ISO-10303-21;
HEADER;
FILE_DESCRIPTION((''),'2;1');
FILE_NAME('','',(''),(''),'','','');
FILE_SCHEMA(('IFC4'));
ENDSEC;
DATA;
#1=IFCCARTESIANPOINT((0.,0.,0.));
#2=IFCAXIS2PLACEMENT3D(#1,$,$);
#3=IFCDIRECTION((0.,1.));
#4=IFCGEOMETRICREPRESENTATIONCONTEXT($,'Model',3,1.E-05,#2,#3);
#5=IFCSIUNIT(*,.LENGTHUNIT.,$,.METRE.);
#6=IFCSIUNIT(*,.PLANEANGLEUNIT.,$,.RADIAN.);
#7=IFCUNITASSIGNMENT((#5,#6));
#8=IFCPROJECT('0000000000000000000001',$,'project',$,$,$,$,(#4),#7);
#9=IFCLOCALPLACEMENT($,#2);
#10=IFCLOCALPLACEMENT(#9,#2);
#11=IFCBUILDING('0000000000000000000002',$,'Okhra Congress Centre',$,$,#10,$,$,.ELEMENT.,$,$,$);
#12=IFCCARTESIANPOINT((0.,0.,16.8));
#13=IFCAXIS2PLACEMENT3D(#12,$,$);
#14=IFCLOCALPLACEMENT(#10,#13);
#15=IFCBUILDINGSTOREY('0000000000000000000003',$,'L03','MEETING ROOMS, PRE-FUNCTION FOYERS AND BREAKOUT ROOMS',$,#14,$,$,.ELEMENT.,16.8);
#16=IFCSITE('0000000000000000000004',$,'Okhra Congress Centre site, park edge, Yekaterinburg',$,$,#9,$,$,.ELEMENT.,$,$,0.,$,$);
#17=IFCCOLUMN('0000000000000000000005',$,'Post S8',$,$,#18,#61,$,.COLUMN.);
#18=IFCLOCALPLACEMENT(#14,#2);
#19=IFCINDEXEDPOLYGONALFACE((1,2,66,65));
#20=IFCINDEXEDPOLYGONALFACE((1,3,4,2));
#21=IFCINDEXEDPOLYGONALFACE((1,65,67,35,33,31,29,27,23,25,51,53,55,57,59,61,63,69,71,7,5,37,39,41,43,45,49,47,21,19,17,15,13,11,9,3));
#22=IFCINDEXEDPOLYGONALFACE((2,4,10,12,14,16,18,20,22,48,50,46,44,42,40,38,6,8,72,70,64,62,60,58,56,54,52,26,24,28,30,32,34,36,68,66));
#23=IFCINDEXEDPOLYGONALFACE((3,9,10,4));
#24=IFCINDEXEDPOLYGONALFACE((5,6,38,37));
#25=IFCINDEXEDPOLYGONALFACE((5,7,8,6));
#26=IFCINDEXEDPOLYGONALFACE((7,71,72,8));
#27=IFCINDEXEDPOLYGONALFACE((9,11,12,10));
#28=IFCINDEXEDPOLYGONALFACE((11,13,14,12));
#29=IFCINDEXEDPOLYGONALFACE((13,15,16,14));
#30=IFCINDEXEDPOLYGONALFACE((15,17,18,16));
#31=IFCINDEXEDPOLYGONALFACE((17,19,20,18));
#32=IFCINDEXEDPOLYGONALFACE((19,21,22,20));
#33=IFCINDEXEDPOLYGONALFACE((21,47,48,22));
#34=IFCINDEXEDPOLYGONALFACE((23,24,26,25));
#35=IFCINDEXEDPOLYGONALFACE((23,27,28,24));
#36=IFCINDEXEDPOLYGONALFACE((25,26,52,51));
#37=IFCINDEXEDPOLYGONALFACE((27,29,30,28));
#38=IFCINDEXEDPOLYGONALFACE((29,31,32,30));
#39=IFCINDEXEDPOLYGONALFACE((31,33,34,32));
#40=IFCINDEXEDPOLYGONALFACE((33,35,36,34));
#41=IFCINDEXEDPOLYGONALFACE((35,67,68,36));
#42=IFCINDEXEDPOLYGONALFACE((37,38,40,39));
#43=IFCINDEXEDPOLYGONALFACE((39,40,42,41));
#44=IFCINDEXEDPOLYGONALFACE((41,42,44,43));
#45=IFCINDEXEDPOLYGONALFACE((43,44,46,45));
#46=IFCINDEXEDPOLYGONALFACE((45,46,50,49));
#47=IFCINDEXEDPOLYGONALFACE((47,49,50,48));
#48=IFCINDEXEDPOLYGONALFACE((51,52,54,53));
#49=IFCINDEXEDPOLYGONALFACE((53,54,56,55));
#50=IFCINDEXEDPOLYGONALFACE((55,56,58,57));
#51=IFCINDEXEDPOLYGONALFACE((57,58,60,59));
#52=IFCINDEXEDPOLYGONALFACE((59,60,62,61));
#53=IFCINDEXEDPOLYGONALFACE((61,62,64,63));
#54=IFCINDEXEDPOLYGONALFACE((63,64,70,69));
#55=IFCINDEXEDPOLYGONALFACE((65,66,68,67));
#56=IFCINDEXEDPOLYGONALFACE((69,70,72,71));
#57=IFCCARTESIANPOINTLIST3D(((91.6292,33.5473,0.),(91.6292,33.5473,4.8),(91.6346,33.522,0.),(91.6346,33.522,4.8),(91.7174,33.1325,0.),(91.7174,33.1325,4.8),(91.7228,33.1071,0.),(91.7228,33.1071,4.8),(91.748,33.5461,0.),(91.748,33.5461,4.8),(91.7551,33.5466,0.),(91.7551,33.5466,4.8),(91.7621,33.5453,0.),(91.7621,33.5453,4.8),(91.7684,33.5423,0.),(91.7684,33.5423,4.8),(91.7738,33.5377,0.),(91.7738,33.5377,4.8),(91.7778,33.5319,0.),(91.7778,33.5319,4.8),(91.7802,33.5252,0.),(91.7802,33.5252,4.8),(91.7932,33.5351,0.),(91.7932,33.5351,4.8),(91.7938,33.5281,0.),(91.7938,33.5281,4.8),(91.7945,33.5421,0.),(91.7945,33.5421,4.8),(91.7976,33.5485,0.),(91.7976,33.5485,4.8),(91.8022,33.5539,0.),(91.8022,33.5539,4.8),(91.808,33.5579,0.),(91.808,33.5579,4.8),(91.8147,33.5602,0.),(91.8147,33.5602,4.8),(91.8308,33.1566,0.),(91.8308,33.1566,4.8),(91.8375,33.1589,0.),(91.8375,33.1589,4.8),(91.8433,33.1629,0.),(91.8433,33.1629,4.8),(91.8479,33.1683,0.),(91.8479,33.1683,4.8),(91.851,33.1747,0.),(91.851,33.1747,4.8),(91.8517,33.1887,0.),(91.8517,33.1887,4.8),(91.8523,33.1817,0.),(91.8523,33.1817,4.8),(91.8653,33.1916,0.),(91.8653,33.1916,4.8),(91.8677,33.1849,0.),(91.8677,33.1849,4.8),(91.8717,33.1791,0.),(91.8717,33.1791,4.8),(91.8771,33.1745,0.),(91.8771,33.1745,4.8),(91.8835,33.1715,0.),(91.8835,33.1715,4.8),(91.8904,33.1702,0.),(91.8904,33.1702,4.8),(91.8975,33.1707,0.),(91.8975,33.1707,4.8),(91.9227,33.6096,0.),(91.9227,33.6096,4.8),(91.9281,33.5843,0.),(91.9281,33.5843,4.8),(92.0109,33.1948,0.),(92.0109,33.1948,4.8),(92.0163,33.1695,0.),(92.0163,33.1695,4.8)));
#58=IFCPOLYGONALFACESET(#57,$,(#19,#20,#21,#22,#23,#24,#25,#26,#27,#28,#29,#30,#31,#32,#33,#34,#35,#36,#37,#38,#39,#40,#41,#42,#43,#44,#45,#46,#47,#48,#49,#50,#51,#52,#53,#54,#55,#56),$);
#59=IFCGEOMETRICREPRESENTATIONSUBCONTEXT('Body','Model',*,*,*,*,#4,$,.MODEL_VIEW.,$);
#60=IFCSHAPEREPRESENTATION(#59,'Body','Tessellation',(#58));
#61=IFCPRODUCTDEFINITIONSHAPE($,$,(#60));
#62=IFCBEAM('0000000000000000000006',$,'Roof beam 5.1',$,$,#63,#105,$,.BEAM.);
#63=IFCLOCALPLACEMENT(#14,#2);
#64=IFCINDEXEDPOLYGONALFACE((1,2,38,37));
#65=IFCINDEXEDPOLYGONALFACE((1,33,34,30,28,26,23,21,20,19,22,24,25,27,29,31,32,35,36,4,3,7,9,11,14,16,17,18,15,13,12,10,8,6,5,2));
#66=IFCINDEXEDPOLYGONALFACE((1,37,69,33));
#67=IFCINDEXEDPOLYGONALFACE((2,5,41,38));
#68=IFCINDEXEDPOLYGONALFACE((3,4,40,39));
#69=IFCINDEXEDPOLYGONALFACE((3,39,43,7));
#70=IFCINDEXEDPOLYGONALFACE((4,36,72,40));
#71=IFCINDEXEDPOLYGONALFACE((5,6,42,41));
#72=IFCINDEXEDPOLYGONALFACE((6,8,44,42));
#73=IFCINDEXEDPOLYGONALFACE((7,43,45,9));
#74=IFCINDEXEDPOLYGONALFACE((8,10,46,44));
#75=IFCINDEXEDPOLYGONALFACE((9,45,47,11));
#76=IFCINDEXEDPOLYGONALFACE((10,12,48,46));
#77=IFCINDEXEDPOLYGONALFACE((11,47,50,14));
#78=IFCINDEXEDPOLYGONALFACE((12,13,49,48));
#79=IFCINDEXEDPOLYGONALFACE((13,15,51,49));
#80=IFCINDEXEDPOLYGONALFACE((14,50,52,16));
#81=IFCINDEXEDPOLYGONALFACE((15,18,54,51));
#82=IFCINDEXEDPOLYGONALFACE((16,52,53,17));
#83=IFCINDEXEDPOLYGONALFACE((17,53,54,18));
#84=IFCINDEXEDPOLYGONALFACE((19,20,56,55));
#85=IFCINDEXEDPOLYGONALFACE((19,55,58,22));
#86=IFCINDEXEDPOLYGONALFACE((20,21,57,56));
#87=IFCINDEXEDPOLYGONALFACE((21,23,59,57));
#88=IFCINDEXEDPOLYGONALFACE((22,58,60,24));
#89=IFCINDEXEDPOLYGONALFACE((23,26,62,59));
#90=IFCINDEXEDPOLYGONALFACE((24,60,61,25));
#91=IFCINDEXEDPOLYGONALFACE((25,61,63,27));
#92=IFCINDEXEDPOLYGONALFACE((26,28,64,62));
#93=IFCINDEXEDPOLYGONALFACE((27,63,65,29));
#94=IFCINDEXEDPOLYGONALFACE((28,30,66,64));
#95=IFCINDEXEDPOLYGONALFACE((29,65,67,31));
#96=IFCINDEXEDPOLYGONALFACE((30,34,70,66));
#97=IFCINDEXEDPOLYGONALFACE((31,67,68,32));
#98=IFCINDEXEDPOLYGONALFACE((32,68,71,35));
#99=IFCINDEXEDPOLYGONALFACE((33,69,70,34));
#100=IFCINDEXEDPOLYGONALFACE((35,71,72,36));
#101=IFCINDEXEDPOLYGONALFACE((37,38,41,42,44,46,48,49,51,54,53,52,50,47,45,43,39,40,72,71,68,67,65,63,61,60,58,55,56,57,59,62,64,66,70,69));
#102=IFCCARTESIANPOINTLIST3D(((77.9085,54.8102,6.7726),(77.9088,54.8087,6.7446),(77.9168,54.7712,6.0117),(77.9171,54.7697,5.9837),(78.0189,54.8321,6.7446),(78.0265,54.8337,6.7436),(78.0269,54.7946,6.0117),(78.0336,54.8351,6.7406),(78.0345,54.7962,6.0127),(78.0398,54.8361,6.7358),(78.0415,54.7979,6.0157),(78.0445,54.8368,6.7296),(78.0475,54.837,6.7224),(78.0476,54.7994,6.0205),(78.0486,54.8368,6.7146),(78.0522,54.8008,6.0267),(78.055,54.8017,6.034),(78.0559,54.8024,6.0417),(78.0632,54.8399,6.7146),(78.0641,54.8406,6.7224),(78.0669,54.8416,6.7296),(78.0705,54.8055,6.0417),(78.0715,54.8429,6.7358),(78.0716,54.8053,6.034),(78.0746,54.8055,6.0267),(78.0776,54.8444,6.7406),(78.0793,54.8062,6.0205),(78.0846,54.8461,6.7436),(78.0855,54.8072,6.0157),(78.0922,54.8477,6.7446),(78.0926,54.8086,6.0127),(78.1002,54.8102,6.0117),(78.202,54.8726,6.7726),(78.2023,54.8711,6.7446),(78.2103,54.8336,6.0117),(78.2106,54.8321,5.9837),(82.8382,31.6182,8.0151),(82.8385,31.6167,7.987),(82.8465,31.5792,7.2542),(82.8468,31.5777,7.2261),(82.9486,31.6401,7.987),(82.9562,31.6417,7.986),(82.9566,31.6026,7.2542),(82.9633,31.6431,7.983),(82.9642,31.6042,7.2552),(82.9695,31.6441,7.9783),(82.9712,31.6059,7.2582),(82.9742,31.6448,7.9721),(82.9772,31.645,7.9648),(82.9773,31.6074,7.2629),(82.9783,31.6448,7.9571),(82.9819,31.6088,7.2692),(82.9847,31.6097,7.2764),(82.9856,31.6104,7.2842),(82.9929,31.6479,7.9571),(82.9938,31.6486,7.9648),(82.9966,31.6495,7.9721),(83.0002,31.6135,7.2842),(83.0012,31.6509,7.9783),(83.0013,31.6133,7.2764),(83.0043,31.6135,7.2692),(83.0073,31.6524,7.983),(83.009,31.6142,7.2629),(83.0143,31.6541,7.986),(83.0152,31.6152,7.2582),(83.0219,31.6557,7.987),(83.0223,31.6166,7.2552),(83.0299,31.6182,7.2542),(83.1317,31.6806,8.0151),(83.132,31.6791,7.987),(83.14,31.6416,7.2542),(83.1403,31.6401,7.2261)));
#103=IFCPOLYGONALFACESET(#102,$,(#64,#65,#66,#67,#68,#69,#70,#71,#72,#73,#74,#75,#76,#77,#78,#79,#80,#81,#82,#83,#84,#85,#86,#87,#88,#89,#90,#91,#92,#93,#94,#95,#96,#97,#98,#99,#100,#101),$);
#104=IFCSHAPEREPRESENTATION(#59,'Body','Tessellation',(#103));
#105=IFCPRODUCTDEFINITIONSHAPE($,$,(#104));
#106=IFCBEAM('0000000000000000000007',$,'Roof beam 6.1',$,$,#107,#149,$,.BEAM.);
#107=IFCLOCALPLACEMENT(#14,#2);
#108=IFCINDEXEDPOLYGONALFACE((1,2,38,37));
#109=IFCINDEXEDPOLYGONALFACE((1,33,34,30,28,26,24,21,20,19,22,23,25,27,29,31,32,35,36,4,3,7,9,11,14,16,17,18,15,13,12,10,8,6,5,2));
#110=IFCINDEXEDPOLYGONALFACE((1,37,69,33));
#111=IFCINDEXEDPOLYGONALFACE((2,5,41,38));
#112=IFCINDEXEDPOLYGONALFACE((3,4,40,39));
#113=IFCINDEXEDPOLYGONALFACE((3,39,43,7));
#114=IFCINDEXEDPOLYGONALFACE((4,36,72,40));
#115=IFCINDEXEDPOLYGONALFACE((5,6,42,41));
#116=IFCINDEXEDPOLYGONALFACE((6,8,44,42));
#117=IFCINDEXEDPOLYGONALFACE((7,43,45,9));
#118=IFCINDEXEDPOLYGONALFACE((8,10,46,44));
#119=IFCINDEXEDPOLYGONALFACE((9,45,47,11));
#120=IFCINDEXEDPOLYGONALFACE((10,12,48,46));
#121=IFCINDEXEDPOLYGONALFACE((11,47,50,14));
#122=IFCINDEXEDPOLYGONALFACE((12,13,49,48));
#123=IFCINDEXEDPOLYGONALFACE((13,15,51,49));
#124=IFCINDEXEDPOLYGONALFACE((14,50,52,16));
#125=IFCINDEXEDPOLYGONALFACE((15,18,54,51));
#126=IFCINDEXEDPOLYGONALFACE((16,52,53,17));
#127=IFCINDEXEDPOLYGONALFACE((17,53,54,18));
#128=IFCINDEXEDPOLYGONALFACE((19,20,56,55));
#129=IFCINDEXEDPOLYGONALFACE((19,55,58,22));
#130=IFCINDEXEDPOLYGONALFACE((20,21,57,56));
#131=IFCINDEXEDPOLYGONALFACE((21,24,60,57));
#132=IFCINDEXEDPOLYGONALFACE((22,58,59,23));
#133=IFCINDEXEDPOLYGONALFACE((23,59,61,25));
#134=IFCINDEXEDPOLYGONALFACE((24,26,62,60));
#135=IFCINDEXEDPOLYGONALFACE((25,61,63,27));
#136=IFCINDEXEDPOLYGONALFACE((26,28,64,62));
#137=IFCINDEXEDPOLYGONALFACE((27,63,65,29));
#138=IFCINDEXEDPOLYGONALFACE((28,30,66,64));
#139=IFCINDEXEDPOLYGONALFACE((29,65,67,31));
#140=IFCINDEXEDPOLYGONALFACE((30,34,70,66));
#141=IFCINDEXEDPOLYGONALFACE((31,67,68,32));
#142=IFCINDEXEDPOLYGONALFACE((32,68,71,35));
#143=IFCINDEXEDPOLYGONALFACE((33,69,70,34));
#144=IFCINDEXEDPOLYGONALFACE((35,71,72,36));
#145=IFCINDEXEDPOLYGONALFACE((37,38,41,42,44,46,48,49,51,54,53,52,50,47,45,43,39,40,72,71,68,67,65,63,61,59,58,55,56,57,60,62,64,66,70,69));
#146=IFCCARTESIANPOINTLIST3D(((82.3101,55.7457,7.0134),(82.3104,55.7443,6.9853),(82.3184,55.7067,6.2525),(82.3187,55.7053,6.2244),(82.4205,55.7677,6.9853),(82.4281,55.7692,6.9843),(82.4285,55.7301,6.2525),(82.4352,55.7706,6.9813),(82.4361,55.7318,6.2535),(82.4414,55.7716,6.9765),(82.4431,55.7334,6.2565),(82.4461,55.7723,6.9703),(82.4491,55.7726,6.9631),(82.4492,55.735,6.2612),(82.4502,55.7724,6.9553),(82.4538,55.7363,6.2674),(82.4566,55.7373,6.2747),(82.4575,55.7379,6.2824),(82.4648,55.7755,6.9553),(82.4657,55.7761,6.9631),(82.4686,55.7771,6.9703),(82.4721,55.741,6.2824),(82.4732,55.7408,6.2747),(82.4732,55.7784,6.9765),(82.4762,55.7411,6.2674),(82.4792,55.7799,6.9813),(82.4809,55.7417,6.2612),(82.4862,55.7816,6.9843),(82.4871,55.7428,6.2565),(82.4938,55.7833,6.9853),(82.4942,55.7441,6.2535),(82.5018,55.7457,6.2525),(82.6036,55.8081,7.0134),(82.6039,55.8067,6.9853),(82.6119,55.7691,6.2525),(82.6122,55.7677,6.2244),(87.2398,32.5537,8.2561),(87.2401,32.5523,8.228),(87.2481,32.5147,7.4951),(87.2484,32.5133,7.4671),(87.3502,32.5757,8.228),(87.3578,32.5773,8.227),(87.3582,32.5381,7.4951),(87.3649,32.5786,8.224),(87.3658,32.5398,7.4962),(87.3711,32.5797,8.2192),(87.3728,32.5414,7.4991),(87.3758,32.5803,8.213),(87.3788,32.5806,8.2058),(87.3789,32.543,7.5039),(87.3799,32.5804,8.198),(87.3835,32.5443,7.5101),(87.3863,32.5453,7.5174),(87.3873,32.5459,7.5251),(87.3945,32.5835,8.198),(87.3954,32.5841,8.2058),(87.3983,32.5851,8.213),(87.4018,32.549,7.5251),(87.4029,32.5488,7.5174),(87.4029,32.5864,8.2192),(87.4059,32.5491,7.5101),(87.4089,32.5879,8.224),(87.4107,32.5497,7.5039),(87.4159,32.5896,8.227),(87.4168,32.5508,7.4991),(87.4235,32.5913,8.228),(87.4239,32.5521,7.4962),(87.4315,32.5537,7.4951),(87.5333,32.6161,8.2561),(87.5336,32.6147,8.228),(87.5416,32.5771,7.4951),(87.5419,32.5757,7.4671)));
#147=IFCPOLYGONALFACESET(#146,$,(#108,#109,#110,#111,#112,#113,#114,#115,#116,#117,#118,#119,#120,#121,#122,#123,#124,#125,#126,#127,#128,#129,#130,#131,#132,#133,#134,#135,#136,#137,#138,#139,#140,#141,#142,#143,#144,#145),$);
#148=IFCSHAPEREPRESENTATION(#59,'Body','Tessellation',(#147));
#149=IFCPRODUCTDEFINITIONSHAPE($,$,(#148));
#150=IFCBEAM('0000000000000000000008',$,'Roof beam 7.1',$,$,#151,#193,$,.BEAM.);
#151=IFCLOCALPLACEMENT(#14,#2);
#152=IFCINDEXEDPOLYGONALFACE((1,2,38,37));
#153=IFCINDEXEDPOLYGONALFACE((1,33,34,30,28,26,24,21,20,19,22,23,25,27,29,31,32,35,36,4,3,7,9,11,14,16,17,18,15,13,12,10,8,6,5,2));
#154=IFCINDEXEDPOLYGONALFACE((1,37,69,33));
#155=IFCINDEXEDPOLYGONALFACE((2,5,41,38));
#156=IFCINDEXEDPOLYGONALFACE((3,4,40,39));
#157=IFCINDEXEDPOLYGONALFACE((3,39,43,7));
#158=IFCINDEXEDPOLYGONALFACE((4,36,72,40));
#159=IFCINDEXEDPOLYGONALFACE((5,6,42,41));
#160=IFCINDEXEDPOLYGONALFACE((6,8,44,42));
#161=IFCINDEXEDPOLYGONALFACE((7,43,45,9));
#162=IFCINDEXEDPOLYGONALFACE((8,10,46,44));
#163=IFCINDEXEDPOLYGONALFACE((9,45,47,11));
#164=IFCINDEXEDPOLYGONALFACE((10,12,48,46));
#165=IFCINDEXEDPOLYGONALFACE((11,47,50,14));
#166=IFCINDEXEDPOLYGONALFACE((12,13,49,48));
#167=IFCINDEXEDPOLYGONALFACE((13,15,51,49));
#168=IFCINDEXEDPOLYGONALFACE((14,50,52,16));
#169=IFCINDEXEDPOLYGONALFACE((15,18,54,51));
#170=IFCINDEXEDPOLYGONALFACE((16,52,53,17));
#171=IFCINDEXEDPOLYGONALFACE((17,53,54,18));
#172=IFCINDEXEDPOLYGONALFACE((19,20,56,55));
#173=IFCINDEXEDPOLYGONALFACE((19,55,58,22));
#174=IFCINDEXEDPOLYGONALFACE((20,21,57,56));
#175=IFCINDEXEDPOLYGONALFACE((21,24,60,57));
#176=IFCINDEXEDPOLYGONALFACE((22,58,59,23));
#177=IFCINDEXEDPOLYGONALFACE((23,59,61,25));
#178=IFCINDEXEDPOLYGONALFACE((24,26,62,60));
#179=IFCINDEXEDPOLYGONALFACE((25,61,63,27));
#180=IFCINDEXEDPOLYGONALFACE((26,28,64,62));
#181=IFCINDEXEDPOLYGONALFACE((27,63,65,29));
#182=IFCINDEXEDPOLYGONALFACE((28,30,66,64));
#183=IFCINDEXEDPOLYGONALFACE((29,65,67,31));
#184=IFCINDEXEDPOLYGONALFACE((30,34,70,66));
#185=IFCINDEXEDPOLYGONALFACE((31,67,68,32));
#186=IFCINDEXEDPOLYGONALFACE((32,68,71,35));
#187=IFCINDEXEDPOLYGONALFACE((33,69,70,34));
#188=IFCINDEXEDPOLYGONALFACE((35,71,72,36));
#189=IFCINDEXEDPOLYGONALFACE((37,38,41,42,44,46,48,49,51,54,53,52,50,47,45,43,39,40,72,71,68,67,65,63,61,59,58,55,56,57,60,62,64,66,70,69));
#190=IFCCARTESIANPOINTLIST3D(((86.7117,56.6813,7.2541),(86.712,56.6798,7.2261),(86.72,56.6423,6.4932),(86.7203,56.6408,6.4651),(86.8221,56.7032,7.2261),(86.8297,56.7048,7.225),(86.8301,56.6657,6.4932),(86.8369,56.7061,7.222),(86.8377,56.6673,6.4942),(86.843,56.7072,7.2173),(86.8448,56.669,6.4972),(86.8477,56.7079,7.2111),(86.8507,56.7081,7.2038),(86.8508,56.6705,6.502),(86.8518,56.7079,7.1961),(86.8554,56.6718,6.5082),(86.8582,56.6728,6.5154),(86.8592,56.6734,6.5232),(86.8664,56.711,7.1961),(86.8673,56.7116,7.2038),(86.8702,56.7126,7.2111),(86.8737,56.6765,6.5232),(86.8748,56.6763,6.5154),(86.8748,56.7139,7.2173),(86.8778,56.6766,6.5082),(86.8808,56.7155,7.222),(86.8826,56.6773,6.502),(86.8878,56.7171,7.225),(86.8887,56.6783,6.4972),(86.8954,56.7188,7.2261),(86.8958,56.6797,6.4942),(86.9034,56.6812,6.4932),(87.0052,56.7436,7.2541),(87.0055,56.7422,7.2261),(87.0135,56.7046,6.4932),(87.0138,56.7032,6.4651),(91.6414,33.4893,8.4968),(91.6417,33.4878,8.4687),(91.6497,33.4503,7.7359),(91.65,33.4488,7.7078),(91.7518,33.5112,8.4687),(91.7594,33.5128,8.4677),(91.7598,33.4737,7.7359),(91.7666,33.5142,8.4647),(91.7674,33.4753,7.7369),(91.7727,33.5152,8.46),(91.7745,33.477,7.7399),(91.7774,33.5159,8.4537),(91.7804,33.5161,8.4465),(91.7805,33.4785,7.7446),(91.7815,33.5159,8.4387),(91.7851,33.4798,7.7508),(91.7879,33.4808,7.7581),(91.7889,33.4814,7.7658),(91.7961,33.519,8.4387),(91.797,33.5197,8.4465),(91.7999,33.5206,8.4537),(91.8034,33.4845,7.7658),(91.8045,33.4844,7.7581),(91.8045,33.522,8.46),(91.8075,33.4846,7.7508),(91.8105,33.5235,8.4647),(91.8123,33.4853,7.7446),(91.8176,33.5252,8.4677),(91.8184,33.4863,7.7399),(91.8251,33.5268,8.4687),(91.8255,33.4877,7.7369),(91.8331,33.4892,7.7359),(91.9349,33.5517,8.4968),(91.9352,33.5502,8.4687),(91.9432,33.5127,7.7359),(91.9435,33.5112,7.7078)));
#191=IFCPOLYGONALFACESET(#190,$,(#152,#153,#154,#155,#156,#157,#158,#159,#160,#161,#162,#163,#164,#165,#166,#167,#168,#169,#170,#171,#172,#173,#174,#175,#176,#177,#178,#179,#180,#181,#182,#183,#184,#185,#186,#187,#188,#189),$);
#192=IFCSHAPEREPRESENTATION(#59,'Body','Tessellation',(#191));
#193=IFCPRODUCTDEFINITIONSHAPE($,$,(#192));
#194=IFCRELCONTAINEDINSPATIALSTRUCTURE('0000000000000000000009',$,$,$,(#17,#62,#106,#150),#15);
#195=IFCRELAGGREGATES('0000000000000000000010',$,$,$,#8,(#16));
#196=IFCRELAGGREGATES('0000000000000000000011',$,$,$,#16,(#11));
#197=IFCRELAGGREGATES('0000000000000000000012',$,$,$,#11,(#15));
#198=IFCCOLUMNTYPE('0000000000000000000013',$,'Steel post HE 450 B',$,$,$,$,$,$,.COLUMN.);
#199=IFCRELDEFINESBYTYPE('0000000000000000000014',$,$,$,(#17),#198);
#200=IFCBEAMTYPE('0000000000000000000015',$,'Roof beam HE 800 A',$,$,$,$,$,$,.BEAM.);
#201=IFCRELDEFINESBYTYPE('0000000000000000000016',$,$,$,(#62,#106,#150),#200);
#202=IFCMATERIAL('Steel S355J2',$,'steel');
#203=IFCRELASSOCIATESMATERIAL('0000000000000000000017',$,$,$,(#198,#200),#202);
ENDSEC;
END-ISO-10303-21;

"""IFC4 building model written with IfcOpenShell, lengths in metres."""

from ifc_helpers import new_model, si_unit, direction, frame, origin, origin_2d, place, context, subcontext, project, spatial, i_section, extrude, material, material_profile, profile_set, type_object, element, save


model = new_model("IFC4")

# Units and contexts
model_context = context("Model", 3, precision=1e-05, world=origin(), true_north=direction((0.0, 1.0)))
body_context = subcontext(model_context, "Body", "Model", "MODEL_VIEW")
ifc_project = project(units=[si_unit("LENGTHUNIT", "METRE"), si_unit("PLANEANGLEUNIT", "RADIAN")], contexts=[model_context])

# Site, building, storey
site_placement = place(None, origin())
site = spatial("IfcSite", under=ifc_project, at=site_placement, Name="Okhra Congress Centre site, park edge, Yekaterinburg", CompositionType="ELEMENT", RefElevation=0.0)
building_placement = place(site_placement, origin())
building = spatial("IfcBuilding", under=site, at=building_placement, Name="Okhra Congress Centre", CompositionType="ELEMENT")
storey_placement = place(building_placement, frame((0.0, 0.0, 16.8)))
storey = spatial("IfcBuildingStorey", under=building, at=storey_placement, Name="L03", Description="MEETING ROOMS, PRE-FUNCTION FOYERS AND BREAKOUT ROOMS", CompositionType="ELEMENT", Elevation=16.8)

# Column
ifc_material_1 = material(Name="Steel S355J2", Category="steel")
ifc_material_profile_1 = material_profile(ifc_material_1, i_section(OverallWidth=0.3, OverallDepth=0.45, WebThickness=0.0139, FlangeThickness=0.0259, FilletRadius=0.0271, at=origin_2d()), Name="HE 450 B")
ifc_profile_set_1 = profile_set([ifc_material_profile_1], Name="Steel S355J2")
column_type = type_object("IfcColumnType", Name="Steel post HE 450 B", PredefinedType="COLUMN", material=ifc_profile_set_1)
for number, where, z_axis, x_axis, name in (
    (1, (91.8228, 33.3584, 0.0), (0.0, 0.0, 1.0), (0.978148, 0.207912, 0.0), "Post S8"),
):
    element("IfcColumn", number, at=place(storey_placement, frame(where, z_axis=z_axis, x_axis=x_axis)), inside=storey, type_object=column_type, Name=name, PredefinedType="COLUMN", context=body_context, shape_type="SweptSolid", body=[
        extrude(i_section(OverallWidth=0.3, OverallDepth=0.45, WebThickness=0.0139, FlangeThickness=0.0259, FilletRadius=0.0271, at=origin_2d()), origin(), (0.0, 0.0, 1.0), 4.8),
    ])

# Beams
ifc_material_profile_2 = material_profile(ifc_material_1, i_section(OverallWidth=0.3, OverallDepth=0.79, WebThickness=0.0149, FlangeThickness=0.0281, FilletRadius=0.03, at=origin_2d()), Name="HE 800 A")
ifc_profile_set_2 = profile_set([ifc_material_profile_2], Name="Steel S355J2")
beam_type_1 = type_object("IfcBeamType", Name="Roof beam HE 800 A", PredefinedType="BEAM", material=ifc_profile_set_2)
for number, where, z_axis, x_axis, name in (
    (2, (82.9893, 31.6292, 7.6206), (-0.207631, 0.976807, -0.052329), (-0.978147, -0.207916, 0.0), "Roof beam 5.1"),
    (3, (87.3909, 32.5647, 7.8616), (-0.207631, 0.976806, -0.05234), (-0.978147, -0.207916, 0.0), "Roof beam 6.1"),
    (4, (91.7925, 33.5002, 8.1023), (-0.207631, 0.976806, -0.05234), (-0.978147, -0.207916, 0.0), "Roof beam 7.1"),
):
    element("IfcBeam", number, at=place(storey_placement, frame(where, z_axis=z_axis, x_axis=x_axis)), inside=storey, type_object=beam_type_1, Name=name, PredefinedType="BEAM", context=body_context, shape_type="SweptSolid", body=[
        extrude(i_section(OverallWidth=0.3, OverallDepth=0.79, WebThickness=0.0149, FlangeThickness=0.0281, FilletRadius=0.03, at=origin_2d()), origin(), (0.0, 0.0, 1.0), 23.7427),
    ])

save(model, "model.ifc")
